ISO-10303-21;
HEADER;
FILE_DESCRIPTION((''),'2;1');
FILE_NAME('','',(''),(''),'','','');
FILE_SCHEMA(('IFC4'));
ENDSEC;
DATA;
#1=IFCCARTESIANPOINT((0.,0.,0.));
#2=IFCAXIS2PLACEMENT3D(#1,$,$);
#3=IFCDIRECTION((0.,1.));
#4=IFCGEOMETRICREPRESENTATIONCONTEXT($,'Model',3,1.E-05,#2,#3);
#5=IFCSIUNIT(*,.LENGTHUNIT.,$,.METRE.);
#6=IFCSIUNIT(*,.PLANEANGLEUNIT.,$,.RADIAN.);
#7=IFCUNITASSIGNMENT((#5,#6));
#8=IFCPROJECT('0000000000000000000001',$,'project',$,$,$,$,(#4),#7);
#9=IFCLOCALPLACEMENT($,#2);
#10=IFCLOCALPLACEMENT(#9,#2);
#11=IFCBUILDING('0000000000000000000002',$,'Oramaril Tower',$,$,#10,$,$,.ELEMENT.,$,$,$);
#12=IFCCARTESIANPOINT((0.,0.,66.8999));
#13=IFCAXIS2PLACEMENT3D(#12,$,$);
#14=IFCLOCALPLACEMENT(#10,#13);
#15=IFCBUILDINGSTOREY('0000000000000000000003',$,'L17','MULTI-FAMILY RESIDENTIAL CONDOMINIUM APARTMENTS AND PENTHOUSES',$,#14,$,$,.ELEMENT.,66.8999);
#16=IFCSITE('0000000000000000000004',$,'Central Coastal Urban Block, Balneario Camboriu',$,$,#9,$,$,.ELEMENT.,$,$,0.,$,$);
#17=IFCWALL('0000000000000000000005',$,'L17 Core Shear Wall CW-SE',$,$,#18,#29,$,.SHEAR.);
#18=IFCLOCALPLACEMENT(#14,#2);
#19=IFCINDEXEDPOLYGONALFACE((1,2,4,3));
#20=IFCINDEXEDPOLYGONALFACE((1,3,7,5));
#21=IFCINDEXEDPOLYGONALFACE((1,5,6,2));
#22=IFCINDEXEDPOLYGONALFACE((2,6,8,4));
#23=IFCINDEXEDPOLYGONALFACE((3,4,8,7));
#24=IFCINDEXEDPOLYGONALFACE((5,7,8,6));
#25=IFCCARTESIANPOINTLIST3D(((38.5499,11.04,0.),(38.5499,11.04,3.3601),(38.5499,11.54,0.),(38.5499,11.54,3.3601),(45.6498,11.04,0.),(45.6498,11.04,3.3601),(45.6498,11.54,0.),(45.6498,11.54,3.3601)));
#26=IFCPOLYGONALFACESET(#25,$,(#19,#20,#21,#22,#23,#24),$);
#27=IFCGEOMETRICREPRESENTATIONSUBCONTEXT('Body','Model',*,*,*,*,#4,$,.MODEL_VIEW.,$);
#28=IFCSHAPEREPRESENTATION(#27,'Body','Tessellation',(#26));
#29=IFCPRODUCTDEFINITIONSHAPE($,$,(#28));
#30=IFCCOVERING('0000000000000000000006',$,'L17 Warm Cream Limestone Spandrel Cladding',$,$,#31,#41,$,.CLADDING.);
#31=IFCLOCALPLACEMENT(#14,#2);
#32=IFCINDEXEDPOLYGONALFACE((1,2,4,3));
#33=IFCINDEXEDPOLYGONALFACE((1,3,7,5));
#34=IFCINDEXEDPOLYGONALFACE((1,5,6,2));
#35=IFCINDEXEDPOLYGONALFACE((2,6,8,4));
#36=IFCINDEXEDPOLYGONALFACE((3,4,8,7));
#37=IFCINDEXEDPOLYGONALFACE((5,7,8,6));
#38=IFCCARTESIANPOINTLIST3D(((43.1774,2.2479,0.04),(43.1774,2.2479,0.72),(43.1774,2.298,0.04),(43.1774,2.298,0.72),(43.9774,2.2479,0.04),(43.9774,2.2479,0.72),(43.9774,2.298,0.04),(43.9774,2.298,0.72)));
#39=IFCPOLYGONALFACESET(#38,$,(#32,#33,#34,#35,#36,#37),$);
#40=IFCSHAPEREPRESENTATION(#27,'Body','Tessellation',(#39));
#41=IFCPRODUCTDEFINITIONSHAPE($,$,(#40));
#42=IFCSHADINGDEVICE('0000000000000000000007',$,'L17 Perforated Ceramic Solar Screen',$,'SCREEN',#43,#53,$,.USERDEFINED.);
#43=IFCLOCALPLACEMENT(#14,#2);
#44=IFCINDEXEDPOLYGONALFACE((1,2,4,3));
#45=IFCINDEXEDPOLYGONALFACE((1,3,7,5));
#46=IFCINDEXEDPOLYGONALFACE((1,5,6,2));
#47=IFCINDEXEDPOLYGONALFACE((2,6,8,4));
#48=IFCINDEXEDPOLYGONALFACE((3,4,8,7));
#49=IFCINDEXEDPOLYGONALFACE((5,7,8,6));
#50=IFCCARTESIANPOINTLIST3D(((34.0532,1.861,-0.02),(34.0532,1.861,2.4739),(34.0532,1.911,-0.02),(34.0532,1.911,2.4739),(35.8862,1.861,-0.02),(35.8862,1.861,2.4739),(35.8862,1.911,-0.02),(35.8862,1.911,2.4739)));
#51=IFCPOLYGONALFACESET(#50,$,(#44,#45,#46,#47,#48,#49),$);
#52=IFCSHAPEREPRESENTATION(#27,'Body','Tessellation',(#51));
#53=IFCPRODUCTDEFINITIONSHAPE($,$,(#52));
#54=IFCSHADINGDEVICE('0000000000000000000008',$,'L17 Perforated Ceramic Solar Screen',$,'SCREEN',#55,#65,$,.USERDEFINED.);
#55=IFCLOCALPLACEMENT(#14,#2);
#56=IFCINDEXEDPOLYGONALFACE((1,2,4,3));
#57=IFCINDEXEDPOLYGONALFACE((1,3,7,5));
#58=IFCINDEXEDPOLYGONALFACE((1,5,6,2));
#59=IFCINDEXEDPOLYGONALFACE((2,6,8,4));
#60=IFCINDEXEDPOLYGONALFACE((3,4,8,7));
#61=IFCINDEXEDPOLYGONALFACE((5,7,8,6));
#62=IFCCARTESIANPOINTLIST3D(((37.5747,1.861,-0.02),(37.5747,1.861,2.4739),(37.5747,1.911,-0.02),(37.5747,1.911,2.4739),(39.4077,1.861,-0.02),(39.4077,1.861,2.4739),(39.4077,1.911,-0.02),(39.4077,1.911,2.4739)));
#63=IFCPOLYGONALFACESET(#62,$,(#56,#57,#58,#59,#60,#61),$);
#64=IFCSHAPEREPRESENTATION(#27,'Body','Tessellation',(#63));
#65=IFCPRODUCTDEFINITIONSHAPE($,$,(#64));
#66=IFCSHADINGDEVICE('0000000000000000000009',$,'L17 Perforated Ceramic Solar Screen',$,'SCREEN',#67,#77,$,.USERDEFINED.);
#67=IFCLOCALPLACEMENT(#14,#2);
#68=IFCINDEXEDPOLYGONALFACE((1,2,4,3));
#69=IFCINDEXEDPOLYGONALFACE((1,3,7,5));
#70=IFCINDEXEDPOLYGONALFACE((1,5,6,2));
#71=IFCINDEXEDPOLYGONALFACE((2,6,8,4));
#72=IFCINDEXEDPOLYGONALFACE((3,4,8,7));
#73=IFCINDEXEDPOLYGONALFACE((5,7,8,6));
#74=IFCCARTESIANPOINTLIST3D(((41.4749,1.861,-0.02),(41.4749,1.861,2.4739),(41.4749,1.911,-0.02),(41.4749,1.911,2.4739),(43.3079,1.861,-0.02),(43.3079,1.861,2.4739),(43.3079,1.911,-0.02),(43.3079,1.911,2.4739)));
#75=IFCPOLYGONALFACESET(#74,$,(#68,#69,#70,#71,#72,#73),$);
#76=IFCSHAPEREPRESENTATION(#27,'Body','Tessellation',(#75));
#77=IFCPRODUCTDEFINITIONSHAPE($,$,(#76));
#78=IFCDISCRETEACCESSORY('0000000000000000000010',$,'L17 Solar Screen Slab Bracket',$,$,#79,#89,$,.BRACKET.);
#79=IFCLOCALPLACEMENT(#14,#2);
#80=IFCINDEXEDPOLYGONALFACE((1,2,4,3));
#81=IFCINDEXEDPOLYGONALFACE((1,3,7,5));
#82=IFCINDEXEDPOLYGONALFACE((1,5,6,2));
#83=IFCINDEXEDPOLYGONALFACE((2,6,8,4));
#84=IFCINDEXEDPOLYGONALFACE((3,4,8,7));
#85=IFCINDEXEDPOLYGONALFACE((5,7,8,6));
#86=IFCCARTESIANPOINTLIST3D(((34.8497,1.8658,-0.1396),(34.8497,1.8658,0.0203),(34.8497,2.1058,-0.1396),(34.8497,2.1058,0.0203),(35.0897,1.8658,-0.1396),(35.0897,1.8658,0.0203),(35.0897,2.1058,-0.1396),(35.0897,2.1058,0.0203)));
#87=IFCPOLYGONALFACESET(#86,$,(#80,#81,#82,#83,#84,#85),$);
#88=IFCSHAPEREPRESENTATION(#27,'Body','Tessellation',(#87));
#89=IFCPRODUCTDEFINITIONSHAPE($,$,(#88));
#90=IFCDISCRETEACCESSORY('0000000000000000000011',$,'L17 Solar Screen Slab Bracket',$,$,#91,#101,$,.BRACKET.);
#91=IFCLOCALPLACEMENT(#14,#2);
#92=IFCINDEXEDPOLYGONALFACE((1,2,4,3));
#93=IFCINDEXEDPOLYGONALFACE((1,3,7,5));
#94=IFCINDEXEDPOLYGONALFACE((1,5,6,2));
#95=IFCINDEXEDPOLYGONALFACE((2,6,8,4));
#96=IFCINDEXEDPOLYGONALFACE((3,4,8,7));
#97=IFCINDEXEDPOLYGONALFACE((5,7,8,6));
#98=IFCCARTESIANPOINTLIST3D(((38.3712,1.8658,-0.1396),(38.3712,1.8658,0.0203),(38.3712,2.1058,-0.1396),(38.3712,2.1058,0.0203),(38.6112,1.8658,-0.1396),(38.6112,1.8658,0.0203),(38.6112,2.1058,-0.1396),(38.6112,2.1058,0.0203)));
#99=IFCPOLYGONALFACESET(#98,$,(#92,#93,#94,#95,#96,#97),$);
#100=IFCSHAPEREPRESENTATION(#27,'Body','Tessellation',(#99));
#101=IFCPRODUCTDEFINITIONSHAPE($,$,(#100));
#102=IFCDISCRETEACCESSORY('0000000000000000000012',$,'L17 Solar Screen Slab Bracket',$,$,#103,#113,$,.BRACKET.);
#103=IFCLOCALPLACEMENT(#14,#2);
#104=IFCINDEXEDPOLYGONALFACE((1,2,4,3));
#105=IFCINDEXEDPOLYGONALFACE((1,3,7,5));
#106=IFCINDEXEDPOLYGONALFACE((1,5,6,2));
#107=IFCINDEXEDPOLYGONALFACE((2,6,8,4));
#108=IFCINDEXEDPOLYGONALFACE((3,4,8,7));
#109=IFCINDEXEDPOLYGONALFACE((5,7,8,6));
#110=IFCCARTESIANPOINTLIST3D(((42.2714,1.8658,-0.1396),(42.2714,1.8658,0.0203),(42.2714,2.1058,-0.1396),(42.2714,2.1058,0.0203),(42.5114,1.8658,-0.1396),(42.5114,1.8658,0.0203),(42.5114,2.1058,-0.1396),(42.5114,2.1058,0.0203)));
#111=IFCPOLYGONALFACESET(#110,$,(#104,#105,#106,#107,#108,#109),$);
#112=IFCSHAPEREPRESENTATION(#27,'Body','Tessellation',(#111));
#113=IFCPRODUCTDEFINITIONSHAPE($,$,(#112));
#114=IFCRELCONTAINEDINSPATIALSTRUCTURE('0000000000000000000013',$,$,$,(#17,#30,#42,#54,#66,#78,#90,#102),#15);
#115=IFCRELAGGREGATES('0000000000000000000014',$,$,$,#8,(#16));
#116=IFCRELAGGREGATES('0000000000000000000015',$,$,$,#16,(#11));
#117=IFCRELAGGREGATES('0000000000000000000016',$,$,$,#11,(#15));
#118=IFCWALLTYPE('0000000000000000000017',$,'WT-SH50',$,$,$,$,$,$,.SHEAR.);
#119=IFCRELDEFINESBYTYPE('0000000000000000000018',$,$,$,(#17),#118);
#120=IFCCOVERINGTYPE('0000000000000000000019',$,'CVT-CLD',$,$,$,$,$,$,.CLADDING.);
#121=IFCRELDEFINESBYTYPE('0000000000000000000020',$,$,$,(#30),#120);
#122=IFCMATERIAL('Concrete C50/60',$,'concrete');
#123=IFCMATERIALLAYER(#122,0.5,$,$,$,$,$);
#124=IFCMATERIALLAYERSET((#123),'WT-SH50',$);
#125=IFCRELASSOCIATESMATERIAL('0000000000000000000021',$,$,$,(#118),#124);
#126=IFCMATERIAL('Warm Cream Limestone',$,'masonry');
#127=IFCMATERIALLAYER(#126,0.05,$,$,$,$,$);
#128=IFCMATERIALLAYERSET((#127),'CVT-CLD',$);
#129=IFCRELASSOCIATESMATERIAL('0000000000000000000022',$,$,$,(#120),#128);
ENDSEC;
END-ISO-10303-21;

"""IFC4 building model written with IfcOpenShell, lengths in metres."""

from ifc_helpers import new_model, si_unit, direction, frame, frame_2d, origin, origin_2d, place, context, subcontext, project, spatial, rectangle, extrude, material, layer, layer_set, type_object, element, save


model = new_model("IFC4")

# Units and contexts
model_context = context("Model", 3, precision=1e-05, world=origin(), true_north=direction((0.0, 1.0)))
body_context = subcontext(model_context, "Body", "Model", "MODEL_VIEW")
ifc_project = project(units=[si_unit("LENGTHUNIT", "METRE"), si_unit("PLANEANGLEUNIT", "RADIAN")], contexts=[model_context])

# Site, building, storey
site_placement = place(None, origin())
site = spatial("IfcSite", under=ifc_project, at=site_placement, Name="Central Coastal Urban Block, Balneario Camboriu", CompositionType="ELEMENT", RefElevation=0.0)
building_placement = place(site_placement, origin())
building = spatial("IfcBuilding", under=site, at=building_placement, Name="Oramaril Tower", CompositionType="ELEMENT")
storey_placement = place(building_placement, frame((0.0, 0.0, 66.8999)))
storey = spatial("IfcBuildingStorey", under=building, at=storey_placement, Name="L17", Description="MULTI-FAMILY RESIDENTIAL CONDOMINIUM APARTMENTS AND PENTHOUSES", CompositionType="ELEMENT", Elevation=66.8999)

# Wall
ifc_material_1 = material(Name="Concrete C50/60", Category="concrete")
ifc_layer_1 = layer(ifc_material_1, 0.5)
ifc_layer_set_1 = layer_set([ifc_layer_1], Name="WT-SH50")
wall_type_1 = type_object("IfcWallType", Name="WT-SH50", PredefinedType="SHEAR", material=ifc_layer_set_1)
wall_1_placement = place(storey_placement, frame((38.55, 11.29, 0.0), z_axis=(0.0, 0.0, 1.0), x_axis=(1.0, 0.0, 0.0)))
element("IfcWall", 1, at=wall_1_placement, inside=storey, type_object=wall_type_1, Name="L17 Core Shear Wall CW-SE", PredefinedType="SHEAR", context=body_context, shape_type="SweptSolid", body=[
    extrude(rectangle(XDim=7.0999, YDim=0.5, at=frame_2d((3.5498, 0.0))), origin(), (0.0, 0.0, 1.0), 3.3601),
])

# Covering
ifc_material_2 = material(Name="Warm Cream Limestone", Category="masonry")
ifc_layer_2 = layer(ifc_material_2, 0.05)
ifc_layer_set_2 = layer_set([ifc_layer_2], Name="CVT-CLD")
covering_type = type_object("IfcCoveringType", Name="CVT-CLD", PredefinedType="CLADDING", material=ifc_layer_set_2)
covering_placement = place(storey_placement, frame((43.5774, 2.2729, 0.04), z_axis=(0.0, 0.0, 1.0), x_axis=(1.0, 0.0, 0.0)))
element("IfcCovering", 2, at=covering_placement, inside=storey, type_object=covering_type, Name="L17 Warm Cream Limestone Spandrel Cladding", PredefinedType="CLADDING", context=body_context, shape_type="SweptSolid", body=[
    extrude(rectangle(XDim=0.8, YDim=0.05, at=origin_2d()), origin(), (0.0, 0.0, 1.0), 0.6799),
])

# Shading devices
for number, where, z_axis, x_axis, name in (
    (3, (34.9697, 1.886, -0.02), (0.0, 0.0, 1.0), (1.0, 0.0, 0.0), "L17 Perforated Ceramic Solar Screen"),
    (4, (38.4912, 1.886, -0.02), (0.0, 0.0, 1.0), (1.0, 0.0, 0.0), "L17 Perforated Ceramic Solar Screen"),
    (5, (42.3914, 1.886, -0.02), (0.0, 0.0, 1.0), (1.0, 0.0, 0.0), "L17 Perforated Ceramic Solar Screen"),
):
    element("IfcShadingDevice", number, at=place(storey_placement, frame(where, z_axis=z_axis, x_axis=x_axis)), inside=storey, Name=name, ObjectType="SCREEN", PredefinedType="USERDEFINED", context=body_context, shape_type="SweptSolid", body=[
        extrude(rectangle(XDim=1.833, YDim=0.05, at=origin_2d()), origin(), (0.0, 0.0, 1.0), 2.4939),
    ])

# Discrete accessories
for number, where, z_axis, x_axis, name in (
    (6, (34.9697, 1.9858, -0.1396), (0.0, 0.0, 1.0), (1.0, 0.0, 0.0), "L17 Solar Screen Slab Bracket"),
    (7, (38.4912, 1.9858, -0.1396), (0.0, 0.0, 1.0), (1.0, 0.0, 0.0), "L17 Solar Screen Slab Bracket"),
    (8, (42.3914, 1.9858, -0.1396), (0.0, 0.0, 1.0), (1.0, 0.0, 0.0), "L17 Solar Screen Slab Bracket"),
):
    element("IfcDiscreteAccessory", number, at=place(storey_placement, frame(where, z_axis=z_axis, x_axis=x_axis)), inside=storey, Name=name, PredefinedType="BRACKET", context=body_context, shape_type="SweptSolid", body=[
        extrude(rectangle(XDim=0.24, YDim=0.24, at=origin_2d()), origin(), (0.0, 0.0, 1.0), 0.1599),
    ])

save(model, "model.ifc")
